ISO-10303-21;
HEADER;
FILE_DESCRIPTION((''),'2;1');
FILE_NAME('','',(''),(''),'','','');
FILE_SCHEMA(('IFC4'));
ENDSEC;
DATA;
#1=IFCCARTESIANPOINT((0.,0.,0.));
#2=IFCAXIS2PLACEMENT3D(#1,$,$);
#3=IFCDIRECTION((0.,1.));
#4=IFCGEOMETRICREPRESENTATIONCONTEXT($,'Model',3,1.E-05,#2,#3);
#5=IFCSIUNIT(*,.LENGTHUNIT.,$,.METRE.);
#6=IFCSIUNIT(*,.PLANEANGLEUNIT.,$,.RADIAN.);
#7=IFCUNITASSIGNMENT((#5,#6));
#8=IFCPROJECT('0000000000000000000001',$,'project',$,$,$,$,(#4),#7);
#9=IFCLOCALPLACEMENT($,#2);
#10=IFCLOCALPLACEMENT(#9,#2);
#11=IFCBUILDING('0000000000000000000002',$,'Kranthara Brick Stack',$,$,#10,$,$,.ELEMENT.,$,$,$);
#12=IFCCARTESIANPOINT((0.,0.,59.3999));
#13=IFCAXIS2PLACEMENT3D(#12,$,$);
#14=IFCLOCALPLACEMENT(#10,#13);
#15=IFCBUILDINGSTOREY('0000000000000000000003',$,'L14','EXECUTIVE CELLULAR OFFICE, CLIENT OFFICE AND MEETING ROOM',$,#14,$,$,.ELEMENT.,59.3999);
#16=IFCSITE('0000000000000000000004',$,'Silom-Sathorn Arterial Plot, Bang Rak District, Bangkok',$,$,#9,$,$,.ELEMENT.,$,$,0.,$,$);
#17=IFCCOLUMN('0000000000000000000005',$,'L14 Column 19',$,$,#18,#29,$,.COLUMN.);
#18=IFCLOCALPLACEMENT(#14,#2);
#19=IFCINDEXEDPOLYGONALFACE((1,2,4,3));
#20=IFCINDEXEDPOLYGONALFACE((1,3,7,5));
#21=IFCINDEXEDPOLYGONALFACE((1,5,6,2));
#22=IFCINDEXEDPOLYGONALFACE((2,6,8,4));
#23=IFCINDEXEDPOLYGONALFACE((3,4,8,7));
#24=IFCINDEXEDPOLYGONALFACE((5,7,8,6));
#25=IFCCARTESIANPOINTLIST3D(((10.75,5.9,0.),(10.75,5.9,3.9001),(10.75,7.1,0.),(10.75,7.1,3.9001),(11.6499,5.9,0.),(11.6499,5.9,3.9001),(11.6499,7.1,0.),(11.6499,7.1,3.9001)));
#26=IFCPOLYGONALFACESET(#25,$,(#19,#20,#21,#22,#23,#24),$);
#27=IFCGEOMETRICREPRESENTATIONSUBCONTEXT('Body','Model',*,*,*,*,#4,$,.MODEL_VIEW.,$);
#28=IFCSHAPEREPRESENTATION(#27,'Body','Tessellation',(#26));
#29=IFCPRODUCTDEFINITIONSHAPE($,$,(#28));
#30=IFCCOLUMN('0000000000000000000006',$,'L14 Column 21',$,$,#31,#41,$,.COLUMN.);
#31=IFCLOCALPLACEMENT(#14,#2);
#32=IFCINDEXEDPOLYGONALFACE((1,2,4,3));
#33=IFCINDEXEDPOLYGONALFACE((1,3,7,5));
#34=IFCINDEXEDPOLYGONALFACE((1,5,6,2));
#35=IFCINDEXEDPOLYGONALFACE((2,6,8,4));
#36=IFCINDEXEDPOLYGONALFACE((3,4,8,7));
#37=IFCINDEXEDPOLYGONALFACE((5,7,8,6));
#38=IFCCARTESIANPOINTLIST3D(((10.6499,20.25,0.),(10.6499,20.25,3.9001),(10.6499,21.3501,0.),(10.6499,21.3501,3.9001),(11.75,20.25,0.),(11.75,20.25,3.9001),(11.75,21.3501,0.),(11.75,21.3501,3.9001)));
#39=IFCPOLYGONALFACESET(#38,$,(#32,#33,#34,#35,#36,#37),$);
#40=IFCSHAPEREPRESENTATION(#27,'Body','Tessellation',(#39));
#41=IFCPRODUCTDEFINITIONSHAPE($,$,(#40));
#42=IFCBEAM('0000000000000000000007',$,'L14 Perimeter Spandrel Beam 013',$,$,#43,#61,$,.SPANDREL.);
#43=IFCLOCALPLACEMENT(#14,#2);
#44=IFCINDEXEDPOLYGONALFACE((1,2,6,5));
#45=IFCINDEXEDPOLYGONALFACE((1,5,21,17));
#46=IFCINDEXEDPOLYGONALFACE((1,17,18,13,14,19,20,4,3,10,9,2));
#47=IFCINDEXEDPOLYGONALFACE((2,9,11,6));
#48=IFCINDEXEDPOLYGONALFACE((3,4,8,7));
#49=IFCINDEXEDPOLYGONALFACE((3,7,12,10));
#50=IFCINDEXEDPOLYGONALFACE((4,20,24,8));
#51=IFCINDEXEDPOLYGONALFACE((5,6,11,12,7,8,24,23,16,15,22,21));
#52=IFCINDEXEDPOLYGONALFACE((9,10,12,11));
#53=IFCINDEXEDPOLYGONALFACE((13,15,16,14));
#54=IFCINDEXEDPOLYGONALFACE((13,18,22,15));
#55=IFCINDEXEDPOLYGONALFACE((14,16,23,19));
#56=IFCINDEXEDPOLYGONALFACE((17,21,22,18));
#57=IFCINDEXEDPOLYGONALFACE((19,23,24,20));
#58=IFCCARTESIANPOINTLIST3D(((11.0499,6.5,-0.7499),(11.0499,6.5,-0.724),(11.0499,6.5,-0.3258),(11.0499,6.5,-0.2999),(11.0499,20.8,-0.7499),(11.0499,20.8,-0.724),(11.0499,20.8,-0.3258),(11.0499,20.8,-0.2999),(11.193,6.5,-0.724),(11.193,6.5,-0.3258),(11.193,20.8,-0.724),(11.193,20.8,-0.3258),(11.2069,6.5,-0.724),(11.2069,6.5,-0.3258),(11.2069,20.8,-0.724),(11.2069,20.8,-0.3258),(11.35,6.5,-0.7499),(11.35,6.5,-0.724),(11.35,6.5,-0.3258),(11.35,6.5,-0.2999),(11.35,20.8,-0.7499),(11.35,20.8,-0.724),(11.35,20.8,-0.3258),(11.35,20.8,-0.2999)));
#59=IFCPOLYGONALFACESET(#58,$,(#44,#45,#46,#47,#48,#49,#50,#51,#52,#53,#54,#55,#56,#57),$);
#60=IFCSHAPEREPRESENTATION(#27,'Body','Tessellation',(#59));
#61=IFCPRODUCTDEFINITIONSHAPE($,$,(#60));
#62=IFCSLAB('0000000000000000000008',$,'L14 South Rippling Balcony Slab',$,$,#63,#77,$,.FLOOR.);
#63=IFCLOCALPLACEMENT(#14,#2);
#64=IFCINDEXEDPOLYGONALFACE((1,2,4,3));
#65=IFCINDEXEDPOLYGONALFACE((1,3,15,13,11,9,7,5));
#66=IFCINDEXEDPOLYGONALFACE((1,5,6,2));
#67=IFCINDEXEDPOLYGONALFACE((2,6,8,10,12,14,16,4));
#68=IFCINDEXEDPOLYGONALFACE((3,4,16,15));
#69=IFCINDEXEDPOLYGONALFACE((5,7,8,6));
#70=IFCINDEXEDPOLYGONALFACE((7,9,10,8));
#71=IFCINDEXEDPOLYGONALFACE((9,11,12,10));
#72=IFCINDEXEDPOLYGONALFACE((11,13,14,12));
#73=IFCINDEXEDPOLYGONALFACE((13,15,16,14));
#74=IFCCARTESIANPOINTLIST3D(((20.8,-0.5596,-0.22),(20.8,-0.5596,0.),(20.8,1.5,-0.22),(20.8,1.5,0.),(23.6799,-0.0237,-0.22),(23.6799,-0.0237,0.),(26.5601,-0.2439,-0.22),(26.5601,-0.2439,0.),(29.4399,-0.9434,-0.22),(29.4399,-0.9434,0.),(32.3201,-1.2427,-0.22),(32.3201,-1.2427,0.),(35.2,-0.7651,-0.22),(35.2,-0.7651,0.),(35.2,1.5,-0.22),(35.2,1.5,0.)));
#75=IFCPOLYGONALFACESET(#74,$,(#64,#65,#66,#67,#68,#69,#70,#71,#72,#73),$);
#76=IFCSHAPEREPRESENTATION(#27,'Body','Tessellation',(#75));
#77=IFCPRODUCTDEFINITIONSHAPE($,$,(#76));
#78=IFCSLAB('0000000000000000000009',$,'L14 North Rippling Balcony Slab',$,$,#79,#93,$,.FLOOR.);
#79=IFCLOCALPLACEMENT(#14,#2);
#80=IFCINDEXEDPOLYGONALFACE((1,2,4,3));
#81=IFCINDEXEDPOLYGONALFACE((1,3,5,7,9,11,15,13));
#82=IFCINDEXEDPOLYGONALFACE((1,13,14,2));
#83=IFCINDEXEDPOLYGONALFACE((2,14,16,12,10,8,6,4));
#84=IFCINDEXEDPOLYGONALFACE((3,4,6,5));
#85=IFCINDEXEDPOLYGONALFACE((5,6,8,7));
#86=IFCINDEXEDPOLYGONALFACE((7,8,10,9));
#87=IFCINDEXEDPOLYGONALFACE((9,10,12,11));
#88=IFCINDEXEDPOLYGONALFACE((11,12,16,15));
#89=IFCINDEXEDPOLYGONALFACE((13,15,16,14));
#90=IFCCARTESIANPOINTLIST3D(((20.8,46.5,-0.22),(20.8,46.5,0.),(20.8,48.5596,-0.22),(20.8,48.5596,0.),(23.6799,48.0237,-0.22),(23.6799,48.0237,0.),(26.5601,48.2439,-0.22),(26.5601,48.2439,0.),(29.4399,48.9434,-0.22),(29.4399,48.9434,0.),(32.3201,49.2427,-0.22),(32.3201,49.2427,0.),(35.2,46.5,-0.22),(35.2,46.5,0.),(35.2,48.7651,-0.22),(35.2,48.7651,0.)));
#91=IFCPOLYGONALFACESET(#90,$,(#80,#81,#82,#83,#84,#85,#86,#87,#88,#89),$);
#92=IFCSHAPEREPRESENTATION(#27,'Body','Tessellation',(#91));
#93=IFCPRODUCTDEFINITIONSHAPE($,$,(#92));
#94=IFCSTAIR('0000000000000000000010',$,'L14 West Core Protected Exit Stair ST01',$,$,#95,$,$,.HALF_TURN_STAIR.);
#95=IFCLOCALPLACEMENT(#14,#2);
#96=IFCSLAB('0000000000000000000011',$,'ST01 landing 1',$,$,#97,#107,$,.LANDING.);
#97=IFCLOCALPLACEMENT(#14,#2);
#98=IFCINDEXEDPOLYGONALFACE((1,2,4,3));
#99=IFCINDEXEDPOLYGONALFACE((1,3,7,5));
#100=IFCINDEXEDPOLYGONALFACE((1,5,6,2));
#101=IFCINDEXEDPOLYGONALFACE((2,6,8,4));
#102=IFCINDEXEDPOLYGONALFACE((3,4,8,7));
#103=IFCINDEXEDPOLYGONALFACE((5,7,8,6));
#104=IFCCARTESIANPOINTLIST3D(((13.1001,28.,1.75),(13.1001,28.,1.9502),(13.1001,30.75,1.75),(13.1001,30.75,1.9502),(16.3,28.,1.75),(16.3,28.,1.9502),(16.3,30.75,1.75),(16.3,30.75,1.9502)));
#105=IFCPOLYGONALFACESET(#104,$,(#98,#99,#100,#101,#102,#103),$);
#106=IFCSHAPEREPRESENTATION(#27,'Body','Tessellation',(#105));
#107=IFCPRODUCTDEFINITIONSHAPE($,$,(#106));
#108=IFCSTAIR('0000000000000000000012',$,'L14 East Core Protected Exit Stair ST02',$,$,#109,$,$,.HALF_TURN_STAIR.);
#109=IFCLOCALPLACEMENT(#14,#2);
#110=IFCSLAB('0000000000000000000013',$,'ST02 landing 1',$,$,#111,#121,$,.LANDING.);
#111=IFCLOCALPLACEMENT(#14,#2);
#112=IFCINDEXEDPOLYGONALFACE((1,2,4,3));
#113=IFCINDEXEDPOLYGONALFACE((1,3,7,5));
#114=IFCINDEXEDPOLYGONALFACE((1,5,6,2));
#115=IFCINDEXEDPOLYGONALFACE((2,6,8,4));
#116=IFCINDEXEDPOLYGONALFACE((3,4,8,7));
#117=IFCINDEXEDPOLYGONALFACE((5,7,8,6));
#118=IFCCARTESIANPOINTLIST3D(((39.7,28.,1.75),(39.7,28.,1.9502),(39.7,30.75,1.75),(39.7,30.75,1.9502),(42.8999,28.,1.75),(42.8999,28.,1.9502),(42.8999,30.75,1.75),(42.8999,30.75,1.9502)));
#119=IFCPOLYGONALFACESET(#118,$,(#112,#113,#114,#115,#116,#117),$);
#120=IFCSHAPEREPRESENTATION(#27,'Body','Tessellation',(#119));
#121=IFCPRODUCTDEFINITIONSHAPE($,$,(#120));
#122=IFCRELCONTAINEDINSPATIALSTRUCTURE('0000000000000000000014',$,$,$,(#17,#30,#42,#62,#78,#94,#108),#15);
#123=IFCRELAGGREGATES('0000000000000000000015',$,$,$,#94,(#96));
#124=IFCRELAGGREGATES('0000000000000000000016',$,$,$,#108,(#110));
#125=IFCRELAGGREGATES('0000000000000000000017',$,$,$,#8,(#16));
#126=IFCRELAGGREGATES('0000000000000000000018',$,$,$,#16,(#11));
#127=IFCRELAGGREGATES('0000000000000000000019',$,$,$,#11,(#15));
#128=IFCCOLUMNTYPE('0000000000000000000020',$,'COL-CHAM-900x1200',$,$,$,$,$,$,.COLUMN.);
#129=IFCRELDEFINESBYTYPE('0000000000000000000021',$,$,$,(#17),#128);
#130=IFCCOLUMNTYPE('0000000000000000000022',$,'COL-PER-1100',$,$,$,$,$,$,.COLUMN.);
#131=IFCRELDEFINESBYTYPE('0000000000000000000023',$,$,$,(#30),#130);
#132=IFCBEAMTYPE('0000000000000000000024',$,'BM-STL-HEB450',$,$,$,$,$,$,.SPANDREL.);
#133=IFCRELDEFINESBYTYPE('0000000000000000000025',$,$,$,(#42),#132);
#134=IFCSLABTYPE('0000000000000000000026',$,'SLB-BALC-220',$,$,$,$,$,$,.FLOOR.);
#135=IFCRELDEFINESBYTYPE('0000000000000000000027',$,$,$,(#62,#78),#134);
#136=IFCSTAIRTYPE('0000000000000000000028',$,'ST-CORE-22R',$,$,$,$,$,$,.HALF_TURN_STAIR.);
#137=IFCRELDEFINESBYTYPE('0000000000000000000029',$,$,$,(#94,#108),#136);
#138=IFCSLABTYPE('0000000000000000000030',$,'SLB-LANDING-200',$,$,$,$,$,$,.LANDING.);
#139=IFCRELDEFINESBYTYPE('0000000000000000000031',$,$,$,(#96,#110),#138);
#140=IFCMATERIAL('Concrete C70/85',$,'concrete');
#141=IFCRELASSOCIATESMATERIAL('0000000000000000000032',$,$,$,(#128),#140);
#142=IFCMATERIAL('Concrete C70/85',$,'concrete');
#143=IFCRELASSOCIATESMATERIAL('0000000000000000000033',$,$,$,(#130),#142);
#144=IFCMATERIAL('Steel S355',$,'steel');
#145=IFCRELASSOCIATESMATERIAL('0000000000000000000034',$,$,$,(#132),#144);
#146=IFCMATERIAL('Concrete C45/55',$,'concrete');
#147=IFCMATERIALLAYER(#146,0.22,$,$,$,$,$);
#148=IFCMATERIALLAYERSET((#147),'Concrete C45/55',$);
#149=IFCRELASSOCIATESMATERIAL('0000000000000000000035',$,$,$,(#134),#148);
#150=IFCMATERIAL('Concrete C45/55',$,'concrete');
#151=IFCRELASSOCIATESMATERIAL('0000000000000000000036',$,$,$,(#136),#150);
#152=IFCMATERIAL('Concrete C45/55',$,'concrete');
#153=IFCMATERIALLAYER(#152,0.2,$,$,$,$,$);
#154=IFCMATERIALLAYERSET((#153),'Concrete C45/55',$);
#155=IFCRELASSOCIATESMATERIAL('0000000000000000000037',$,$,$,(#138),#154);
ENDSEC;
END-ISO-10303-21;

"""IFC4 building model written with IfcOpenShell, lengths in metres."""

from ifc_helpers import new_model, si_unit, direction, frame, origin, origin_2d, place, context, subcontext, project, spatial, polyline, rectangle, i_section, outline, extrude, material, layer, layer_set, material_profile, profile_set, type_object, element, aggregate, save


model = new_model("IFC4")

# Units and contexts
model_context = context("Model", 3, precision=1e-05, world=origin(), true_north=direction((0.0, 1.0)))
body_context = subcontext(model_context, "Body", "Model", "MODEL_VIEW")
ifc_project = project(units=[si_unit("LENGTHUNIT", "METRE"), si_unit("PLANEANGLEUNIT", "RADIAN")], contexts=[model_context])

# Site, building, storey
site_placement = place(None, origin())
site = spatial("IfcSite", under=ifc_project, at=site_placement, Name="Silom-Sathorn Arterial Plot, Bang Rak District, Bangkok", CompositionType="ELEMENT", RefElevation=0.0)
building_placement = place(site_placement, origin())
building = spatial("IfcBuilding", under=site, at=building_placement, Name="Kranthara Brick Stack", CompositionType="ELEMENT")
storey_placement = place(building_placement, frame((0.0, 0.0, 59.3999)))
storey = spatial("IfcBuildingStorey", under=building, at=storey_placement, Name="L14", Description="EXECUTIVE CELLULAR OFFICE, CLIENT OFFICE AND MEETING ROOM", CompositionType="ELEMENT", Elevation=59.3999)

# Columns
ifc_material_1 = material(Name="Concrete C70/85", Category="concrete")
ifc_material_profile_1 = material_profile(ifc_material_1, rectangle(XDim=0.8999, YDim=1.2, at=origin_2d()), Name="RC 900x1200")
ifc_profile_set_1 = profile_set([ifc_material_profile_1], Name="Concrete C70/85")
column_type_1 = type_object("IfcColumnType", Name="COL-CHAM-900x1200", PredefinedType="COLUMN", material=ifc_profile_set_1)
column_1_placement = place(storey_placement, frame((11.2, 6.5, 0.0), z_axis=(0.0, 0.0, 1.0), x_axis=(1.0, 0.0, 0.0)))
element("IfcColumn", 1, at=column_1_placement, inside=storey, type_object=column_type_1, Name="L14 Column 19", PredefinedType="COLUMN", context=body_context, shape_type="SweptSolid", body=[
    extrude(rectangle(XDim=0.8999, YDim=1.2, at=origin_2d()), origin(), (0.0, 0.0, 1.0), 3.9001),
])
ifc_material_2 = material(Name="Concrete C70/85", Category="concrete")
ifc_material_profile_2 = material_profile(ifc_material_2, rectangle(XDim=1.1001, YDim=1.1001, at=origin_2d()), Name="RC 1100x1100")
ifc_profile_set_2 = profile_set([ifc_material_profile_2], Name="Concrete C70/85")
column_type_2 = type_object("IfcColumnType", Name="COL-PER-1100", PredefinedType="COLUMN", material=ifc_profile_set_2)
column_2_placement = place(storey_placement, frame((11.2, 20.8, 0.0), z_axis=(0.0, 0.0, 1.0), x_axis=(1.0, 0.0, 0.0)))
element("IfcColumn", 2, at=column_2_placement, inside=storey, type_object=column_type_2, Name="L14 Column 21", PredefinedType="COLUMN", context=body_context, shape_type="SweptSolid", body=[
    extrude(rectangle(XDim=1.1001, YDim=1.1001, at=origin_2d()), origin(), (0.0, 0.0, 1.0), 3.9001),
])

# Beam
ifc_material_3 = material(Name="Steel S355", Category="steel")
ifc_material_profile_3 = material_profile(ifc_material_3, i_section(OverallWidth=0.3, OverallDepth=0.45, WebThickness=0.0139, FlangeThickness=0.0259, at=origin_2d()), Name="HEB 450")
ifc_profile_set_3 = profile_set([ifc_material_profile_3], Name="Steel S355")
beam_type = type_object("IfcBeamType", Name="BM-STL-HEB450", PredefinedType="SPANDREL", material=ifc_profile_set_3)
beam_placement = place(storey_placement, frame((11.2, 6.5, -0.5249), z_axis=(0.0, 1.0, 0.0), x_axis=(-1.0, 0.0, 0.0)))
element("IfcBeam", 3, at=beam_placement, inside=storey, type_object=beam_type, Name="L14 Perimeter Spandrel Beam 013", PredefinedType="SPANDREL", context=body_context, shape_type="SweptSolid", body=[
    extrude(i_section(OverallWidth=0.3, OverallDepth=0.45, WebThickness=0.0139, FlangeThickness=0.0259, at=origin_2d()), origin(), (0.0, 0.0, 1.0), 14.3),
])

# Slabs
ifc_material_4 = material(Name="Concrete C45/55", Category="concrete")
ifc_layer_1 = layer(ifc_material_4, 0.22)
ifc_layer_set_1 = layer_set([ifc_layer_1], Name="Concrete C45/55")
slab_type_1 = type_object("IfcSlabType", Name="SLB-BALC-220", PredefinedType="FLOOR", material=ifc_layer_set_1)
slab_1_placement = place(storey_placement, frame((0.0, 0.0, -0.22)))
element("IfcSlab", 4, at=slab_1_placement, inside=storey, type_object=slab_type_1, Name="L14 South Rippling Balcony Slab", PredefinedType="FLOOR", context=body_context, shape_type="SweptSolid", body=[
    extrude(outline(polyline([(20.8, 1.5), (35.2, 1.5), (35.2, -0.7651), (32.3201, -1.2427), (29.4399, -0.9434), (26.5601, -0.2439), (23.6799, -0.0237), (20.8, -0.5596), (20.8, 1.5)])), origin(), (0.0, 0.0, 1.0), 0.22),
])
slab_2_placement = place(storey_placement, frame((0.0, 0.0, -0.22)))
element("IfcSlab", 5, at=slab_2_placement, inside=storey, type_object=slab_type_1, Name="L14 North Rippling Balcony Slab", PredefinedType="FLOOR", context=body_context, shape_type="SweptSolid", body=[
    extrude(outline(polyline([(35.2, 46.5), (20.8, 46.5), (20.8, 48.5596), (23.6799, 48.0237), (26.5601, 48.2439), (29.4399, 48.9434), (32.3201, 49.2427), (35.2, 48.7651), (35.2, 46.5)])), origin(), (0.0, 0.0, 1.0), 0.22),
])

# Stairs, slabs
ifc_material_5 = material(Name="Concrete C45/55", Category="concrete")
stair_type = type_object("IfcStairType", Name="ST-CORE-22R", PredefinedType="HALF_TURN_STAIR", material=ifc_material_5)
stair_1_placement = place(storey_placement, origin())
stair_1 = element("IfcStair", 6, at=stair_1_placement, inside=storey, type_object=stair_type, Name="L14 West Core Protected Exit Stair ST01", PredefinedType="HALF_TURN_STAIR")
ifc_material_6 = material(Name="Concrete C45/55", Category="concrete")
ifc_layer_2 = layer(ifc_material_6, 0.2)
ifc_layer_set_2 = layer_set([ifc_layer_2], Name="Concrete C45/55")
slab_type_2 = type_object("IfcSlabType", Name="SLB-LANDING-200", PredefinedType="LANDING", material=ifc_layer_set_2)
slab_3_placement = place(storey_placement, frame((0.0, 0.0, 1.75)))
slab_3 = element("IfcSlab", 7, at=slab_3_placement, type_object=slab_type_2, Name="ST01 landing 1", PredefinedType="LANDING", context=body_context, shape_type="SweptSolid", body=[
    extrude(outline(polyline([(16.3, 28.0), (16.3, 30.75), (13.1001, 30.75), (13.1001, 28.0), (16.3, 28.0)])), origin(), (0.0, 0.0, 1.0), 0.2002),
])
aggregate(stair_1, [slab_3])
stair_2_placement = place(storey_placement, origin())
stair_2 = element("IfcStair", 8, at=stair_2_placement, inside=storey, type_object=stair_type, Name="L14 East Core Protected Exit Stair ST02", PredefinedType="HALF_TURN_STAIR")
slab_4_placement = place(storey_placement, frame((0.0, 0.0, 1.75)))
slab_4 = element("IfcSlab", 9, at=slab_4_placement, type_object=slab_type_2, Name="ST02 landing 1", PredefinedType="LANDING", context=body_context, shape_type="SweptSolid", body=[
    extrude(outline(polyline([(42.8999, 28.0), (42.8999, 30.75), (39.7, 30.75), (39.7, 28.0), (42.8999, 28.0)])), origin(), (0.0, 0.0, 1.0), 0.2002),
])
aggregate(stair_2, [slab_4])

save(model, "model.ifc")
